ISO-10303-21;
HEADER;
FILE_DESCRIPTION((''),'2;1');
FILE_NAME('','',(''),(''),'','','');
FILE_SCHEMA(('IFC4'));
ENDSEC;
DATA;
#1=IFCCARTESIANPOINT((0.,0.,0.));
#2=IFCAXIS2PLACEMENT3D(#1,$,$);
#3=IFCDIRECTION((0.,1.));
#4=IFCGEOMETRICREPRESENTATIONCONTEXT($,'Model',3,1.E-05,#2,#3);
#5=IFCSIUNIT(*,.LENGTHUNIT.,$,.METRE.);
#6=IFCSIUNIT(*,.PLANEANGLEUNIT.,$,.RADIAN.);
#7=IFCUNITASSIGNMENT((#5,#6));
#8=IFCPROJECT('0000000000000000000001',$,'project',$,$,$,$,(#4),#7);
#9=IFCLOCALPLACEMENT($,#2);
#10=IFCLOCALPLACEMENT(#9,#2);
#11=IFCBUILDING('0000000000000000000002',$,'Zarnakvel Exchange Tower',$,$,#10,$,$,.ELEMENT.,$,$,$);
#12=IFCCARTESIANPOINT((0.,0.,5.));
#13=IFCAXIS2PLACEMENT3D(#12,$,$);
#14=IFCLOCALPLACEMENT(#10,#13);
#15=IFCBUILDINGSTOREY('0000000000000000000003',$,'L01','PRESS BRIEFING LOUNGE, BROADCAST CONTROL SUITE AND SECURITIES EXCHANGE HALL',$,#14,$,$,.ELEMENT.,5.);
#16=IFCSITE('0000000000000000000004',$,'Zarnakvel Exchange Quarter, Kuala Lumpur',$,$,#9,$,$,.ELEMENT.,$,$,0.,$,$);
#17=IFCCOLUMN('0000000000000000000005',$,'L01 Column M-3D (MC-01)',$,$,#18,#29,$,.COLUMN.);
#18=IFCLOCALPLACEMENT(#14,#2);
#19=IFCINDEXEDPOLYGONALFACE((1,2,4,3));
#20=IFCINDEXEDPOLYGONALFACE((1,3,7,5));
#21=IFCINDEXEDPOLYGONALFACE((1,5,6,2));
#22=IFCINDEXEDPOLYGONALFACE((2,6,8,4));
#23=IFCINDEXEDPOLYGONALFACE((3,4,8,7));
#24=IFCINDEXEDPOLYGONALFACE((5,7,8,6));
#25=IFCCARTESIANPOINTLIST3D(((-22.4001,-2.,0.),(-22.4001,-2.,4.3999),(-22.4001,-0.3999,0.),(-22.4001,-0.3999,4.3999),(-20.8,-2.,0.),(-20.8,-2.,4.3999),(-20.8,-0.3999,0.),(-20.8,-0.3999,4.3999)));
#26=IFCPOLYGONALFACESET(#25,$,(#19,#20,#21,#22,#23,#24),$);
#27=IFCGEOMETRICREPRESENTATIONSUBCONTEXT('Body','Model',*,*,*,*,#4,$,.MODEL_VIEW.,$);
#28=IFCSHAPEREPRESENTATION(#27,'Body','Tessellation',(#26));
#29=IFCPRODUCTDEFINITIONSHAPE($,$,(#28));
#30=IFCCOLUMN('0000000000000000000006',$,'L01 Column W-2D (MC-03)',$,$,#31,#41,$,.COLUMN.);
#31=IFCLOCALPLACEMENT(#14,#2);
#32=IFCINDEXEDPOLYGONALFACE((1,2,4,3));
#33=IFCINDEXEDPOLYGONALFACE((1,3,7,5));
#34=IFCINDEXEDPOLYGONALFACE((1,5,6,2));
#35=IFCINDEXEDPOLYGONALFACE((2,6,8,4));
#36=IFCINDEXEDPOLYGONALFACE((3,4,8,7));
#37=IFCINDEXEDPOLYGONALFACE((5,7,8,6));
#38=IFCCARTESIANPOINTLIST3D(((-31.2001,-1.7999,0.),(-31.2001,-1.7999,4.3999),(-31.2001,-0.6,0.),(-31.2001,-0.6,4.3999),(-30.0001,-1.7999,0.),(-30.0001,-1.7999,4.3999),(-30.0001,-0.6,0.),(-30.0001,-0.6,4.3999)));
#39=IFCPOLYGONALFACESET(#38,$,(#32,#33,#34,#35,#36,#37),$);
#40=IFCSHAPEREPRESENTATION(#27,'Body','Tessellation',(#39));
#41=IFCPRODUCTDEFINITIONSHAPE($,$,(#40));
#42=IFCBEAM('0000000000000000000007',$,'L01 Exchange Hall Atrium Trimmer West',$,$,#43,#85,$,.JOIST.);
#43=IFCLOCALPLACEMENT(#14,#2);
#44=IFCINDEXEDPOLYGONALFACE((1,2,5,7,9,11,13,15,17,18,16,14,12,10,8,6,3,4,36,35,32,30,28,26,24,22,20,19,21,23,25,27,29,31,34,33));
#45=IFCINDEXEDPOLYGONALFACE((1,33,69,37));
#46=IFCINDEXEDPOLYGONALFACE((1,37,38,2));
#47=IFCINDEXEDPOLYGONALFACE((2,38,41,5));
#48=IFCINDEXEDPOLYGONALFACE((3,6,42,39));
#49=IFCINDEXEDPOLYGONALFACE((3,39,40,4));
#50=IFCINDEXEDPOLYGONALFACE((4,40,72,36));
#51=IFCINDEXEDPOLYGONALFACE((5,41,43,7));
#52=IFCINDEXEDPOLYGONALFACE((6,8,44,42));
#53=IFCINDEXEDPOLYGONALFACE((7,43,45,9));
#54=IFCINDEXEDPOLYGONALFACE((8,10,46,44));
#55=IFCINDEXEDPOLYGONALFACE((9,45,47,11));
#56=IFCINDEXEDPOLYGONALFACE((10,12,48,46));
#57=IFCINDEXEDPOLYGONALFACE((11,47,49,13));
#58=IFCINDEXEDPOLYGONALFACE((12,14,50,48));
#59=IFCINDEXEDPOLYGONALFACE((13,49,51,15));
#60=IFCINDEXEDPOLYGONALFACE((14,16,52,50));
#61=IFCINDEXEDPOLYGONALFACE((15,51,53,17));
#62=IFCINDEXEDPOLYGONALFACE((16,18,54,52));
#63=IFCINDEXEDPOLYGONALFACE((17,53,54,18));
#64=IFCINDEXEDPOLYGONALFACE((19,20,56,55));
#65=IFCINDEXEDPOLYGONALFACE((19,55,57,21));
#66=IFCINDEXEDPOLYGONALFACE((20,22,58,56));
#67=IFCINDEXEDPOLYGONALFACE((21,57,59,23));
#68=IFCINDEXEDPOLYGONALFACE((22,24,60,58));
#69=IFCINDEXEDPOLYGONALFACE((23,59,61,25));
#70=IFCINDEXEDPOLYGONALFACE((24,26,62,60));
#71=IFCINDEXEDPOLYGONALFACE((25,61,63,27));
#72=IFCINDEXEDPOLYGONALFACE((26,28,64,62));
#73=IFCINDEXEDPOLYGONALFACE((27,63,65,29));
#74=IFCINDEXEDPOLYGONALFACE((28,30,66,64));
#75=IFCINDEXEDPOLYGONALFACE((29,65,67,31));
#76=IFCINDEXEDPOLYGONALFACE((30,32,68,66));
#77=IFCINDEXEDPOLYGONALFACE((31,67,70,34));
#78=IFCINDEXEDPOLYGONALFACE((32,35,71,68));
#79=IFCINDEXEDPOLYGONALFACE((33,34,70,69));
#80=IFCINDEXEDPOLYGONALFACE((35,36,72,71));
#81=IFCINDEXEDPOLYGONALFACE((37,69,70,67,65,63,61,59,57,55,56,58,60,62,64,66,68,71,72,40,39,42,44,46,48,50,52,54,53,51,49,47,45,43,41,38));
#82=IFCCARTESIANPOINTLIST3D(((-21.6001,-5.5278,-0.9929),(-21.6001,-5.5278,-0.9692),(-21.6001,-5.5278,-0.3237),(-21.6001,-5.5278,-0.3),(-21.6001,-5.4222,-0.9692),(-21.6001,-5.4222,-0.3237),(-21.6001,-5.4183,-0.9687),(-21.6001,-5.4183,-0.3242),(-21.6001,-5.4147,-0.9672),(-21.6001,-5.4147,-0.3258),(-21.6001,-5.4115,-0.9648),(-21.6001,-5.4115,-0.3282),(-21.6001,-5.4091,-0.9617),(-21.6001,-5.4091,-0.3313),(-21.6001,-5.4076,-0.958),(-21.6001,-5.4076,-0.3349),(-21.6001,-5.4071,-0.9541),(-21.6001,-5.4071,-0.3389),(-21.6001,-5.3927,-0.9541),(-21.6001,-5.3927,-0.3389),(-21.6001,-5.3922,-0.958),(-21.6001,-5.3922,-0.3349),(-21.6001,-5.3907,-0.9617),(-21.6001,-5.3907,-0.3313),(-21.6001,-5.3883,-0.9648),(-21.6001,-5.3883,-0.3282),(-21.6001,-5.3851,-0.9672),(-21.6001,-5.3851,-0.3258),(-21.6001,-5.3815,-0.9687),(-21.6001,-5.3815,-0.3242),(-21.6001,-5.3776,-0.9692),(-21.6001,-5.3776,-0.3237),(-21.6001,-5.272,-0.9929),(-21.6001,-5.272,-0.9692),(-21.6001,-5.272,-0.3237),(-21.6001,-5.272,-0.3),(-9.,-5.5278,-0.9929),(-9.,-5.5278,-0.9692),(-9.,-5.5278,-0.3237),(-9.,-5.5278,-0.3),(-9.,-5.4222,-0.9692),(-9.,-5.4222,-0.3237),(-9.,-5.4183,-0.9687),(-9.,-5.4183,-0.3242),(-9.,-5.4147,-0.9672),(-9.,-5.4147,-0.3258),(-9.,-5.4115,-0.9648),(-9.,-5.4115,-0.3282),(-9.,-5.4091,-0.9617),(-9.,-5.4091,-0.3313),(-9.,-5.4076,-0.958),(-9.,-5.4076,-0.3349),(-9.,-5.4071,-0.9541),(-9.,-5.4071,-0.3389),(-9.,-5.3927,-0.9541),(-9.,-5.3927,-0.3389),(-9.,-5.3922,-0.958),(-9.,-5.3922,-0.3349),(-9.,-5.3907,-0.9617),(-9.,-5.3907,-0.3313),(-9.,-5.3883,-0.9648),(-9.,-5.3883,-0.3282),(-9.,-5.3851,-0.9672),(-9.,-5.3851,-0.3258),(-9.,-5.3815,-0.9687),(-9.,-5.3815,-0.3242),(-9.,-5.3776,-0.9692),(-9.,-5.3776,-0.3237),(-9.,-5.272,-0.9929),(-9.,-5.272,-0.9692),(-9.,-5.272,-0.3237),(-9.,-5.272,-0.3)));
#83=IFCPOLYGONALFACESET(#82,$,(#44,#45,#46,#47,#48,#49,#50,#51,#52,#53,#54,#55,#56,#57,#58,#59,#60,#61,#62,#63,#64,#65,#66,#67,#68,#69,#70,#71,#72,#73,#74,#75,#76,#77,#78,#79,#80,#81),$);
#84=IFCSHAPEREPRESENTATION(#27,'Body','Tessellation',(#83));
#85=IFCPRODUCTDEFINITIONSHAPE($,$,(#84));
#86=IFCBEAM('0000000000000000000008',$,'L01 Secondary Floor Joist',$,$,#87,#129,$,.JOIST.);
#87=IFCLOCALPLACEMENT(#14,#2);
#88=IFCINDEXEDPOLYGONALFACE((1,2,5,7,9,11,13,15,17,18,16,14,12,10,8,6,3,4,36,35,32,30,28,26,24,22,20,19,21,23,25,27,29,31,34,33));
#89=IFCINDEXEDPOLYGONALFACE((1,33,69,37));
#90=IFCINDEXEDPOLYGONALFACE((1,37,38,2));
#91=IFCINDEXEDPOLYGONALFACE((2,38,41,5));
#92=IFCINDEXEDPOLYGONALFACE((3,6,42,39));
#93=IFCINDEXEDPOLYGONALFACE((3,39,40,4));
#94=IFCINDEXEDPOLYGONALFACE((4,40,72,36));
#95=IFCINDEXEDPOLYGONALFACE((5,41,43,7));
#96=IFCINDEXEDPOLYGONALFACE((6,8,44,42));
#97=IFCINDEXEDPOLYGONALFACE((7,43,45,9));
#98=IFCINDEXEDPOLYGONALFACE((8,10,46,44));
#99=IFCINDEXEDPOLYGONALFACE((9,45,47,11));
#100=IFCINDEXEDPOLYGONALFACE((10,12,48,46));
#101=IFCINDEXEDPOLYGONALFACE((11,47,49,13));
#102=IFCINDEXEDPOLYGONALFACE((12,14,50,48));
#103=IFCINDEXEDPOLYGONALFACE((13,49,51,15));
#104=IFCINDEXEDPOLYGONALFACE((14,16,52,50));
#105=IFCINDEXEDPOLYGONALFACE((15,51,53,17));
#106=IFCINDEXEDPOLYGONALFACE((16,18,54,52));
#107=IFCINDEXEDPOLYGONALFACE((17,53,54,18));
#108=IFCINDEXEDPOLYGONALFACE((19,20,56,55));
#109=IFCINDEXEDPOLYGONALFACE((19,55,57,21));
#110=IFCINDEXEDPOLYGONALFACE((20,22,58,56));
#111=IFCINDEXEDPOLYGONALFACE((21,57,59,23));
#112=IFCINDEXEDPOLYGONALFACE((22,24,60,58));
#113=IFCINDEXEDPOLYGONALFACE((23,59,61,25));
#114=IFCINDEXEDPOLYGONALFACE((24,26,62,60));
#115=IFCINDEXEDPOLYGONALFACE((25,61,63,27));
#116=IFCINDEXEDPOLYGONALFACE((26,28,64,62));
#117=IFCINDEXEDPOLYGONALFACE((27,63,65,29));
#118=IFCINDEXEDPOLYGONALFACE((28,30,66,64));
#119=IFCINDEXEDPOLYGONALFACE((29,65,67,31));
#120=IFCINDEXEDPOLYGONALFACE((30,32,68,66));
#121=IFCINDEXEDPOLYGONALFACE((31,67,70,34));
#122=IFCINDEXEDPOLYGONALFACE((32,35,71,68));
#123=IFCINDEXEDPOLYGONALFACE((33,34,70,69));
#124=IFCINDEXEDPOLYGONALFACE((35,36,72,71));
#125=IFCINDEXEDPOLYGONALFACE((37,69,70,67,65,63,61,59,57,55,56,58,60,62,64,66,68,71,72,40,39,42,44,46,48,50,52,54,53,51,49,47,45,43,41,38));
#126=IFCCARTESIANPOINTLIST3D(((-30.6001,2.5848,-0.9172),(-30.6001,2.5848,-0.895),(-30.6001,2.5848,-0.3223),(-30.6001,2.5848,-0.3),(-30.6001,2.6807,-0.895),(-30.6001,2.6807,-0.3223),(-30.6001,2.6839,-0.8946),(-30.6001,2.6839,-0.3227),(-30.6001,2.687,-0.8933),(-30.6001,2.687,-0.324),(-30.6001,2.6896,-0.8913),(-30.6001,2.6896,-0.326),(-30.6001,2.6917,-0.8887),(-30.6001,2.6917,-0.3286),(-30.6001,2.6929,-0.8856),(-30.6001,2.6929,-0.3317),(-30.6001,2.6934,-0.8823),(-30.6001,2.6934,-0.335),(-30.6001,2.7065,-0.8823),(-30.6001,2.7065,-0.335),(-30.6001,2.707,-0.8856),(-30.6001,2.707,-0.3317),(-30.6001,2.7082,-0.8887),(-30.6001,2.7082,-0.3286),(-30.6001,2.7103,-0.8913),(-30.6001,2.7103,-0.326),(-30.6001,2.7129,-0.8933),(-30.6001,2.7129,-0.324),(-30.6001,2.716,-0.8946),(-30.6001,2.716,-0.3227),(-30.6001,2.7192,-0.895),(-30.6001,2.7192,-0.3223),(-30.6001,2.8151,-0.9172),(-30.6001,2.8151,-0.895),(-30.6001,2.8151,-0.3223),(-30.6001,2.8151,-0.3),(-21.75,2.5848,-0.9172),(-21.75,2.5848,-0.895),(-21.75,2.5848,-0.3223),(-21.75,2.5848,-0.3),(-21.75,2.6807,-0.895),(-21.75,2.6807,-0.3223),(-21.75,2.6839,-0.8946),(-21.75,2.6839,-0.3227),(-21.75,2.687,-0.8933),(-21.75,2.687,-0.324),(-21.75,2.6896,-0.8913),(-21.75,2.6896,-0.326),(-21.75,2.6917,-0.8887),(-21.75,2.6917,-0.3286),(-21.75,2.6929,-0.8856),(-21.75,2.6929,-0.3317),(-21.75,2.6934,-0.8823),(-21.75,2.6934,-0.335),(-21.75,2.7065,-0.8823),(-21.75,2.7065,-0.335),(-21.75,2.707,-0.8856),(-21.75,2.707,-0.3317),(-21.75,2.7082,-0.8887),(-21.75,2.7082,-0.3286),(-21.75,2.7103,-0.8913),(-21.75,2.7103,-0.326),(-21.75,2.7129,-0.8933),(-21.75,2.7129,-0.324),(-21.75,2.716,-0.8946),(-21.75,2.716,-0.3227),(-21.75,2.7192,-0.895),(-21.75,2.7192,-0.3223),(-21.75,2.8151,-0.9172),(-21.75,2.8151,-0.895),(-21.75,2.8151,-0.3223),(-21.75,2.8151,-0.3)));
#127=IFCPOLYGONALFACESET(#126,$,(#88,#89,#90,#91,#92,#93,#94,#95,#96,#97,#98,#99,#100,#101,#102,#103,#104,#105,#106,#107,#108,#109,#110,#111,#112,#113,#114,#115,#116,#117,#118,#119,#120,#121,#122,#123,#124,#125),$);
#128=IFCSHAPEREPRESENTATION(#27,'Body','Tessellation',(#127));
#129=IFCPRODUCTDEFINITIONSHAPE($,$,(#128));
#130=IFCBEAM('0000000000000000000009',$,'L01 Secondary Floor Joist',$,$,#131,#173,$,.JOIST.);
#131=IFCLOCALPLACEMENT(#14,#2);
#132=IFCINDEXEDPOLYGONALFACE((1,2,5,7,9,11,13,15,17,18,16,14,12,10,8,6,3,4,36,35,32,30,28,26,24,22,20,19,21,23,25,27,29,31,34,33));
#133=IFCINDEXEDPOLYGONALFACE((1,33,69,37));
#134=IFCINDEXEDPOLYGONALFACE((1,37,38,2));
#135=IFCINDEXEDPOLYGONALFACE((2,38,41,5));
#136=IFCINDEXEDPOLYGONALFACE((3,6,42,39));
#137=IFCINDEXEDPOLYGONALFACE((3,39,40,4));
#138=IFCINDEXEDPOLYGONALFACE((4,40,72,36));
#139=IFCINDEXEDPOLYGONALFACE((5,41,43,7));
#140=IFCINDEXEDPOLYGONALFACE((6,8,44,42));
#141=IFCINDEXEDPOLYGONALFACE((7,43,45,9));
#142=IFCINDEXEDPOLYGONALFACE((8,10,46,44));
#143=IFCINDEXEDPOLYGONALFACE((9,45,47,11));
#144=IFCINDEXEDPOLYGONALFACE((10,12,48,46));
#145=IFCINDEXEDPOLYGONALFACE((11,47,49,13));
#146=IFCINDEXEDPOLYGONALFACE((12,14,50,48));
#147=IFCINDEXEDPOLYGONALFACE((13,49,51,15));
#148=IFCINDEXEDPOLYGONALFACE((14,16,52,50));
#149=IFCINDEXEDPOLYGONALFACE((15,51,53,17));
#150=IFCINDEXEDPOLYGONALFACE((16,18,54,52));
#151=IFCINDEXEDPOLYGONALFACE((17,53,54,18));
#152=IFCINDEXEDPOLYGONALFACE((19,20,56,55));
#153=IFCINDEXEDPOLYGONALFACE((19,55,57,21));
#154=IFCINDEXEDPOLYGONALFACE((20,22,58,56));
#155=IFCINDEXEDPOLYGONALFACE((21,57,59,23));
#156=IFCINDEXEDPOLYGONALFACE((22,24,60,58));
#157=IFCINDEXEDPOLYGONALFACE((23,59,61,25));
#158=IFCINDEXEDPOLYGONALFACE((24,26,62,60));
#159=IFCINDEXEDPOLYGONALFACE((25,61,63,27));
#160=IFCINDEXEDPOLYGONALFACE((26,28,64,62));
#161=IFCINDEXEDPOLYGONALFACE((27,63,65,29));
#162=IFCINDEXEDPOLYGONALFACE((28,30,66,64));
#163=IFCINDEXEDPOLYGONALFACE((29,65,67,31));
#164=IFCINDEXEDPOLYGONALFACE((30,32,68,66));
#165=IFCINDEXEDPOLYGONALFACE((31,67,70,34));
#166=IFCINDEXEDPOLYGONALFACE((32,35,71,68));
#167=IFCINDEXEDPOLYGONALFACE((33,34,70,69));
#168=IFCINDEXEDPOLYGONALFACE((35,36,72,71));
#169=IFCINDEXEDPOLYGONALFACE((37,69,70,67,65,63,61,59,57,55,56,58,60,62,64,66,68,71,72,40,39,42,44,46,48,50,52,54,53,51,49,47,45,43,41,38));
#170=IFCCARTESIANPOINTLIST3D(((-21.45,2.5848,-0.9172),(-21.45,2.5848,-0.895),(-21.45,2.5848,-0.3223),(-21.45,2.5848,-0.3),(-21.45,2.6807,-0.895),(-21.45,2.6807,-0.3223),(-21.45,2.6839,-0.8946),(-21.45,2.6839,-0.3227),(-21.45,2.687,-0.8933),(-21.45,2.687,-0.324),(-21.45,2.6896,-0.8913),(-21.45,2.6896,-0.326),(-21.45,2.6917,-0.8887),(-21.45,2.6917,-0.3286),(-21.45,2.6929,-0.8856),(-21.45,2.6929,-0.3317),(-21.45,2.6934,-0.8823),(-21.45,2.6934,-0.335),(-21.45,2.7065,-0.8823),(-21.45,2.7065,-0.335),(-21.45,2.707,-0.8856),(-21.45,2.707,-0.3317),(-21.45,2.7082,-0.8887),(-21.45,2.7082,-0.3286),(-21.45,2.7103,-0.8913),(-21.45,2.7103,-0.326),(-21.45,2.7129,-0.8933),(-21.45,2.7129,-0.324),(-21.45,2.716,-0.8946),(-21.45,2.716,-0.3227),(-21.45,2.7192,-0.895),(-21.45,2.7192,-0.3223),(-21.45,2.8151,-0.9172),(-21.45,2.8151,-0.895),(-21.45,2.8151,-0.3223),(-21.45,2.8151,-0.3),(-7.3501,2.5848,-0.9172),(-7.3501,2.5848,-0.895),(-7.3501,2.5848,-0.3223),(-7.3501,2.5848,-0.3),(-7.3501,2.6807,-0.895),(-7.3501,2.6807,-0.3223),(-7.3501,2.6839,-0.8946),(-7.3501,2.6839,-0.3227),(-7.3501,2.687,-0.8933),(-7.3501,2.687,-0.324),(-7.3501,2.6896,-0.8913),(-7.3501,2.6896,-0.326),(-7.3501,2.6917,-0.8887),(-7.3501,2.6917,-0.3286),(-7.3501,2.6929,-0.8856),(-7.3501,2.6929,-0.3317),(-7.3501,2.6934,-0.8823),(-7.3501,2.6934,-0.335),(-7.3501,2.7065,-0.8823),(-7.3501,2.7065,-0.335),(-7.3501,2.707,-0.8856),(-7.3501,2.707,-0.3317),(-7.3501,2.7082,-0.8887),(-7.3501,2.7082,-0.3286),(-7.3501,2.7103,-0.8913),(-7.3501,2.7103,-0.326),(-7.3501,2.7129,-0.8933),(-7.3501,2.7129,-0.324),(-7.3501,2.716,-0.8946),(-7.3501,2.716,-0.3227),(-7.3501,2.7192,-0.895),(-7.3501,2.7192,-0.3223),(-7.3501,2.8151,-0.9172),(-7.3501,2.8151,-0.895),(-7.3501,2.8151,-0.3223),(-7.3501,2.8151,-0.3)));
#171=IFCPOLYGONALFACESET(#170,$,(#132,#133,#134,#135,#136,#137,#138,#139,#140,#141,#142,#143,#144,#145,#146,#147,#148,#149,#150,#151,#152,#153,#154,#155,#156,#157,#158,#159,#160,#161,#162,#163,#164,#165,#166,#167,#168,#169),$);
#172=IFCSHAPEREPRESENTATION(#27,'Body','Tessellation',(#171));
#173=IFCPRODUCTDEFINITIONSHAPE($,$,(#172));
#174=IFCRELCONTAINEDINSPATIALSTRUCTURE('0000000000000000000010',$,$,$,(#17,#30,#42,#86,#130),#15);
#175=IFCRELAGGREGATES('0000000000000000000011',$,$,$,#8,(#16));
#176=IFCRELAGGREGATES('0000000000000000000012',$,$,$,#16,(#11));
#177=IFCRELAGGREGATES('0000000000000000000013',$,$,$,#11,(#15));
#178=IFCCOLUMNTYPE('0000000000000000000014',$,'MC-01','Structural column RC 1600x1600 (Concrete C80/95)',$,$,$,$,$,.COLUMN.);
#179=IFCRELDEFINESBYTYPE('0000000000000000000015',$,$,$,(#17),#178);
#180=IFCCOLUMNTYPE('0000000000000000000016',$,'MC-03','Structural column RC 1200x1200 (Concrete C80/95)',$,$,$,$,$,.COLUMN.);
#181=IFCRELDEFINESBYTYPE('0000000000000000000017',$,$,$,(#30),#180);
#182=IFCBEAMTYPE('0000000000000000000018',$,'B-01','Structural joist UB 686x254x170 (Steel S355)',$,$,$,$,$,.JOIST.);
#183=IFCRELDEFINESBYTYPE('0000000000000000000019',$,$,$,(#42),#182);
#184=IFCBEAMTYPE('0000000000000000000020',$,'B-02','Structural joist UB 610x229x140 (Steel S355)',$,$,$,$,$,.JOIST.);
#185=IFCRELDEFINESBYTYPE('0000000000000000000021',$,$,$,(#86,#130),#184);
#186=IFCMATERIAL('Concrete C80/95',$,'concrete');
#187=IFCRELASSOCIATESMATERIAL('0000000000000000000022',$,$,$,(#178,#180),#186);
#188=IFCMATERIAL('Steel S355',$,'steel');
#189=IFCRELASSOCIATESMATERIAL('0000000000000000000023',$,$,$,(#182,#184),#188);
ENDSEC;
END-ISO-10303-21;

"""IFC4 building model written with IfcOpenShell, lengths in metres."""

from ifc_helpers import new_model, si_unit, direction, frame, origin, origin_2d, place, context, subcontext, project, spatial, rectangle, i_section, extrude, material, material_profile, profile_set, type_object, element, save


model = new_model("IFC4")

# Units and contexts
model_context = context("Model", 3, precision=1e-05, world=origin(), true_north=direction((0.0, 1.0)))
body_context = subcontext(model_context, "Body", "Model", "MODEL_VIEW")
ifc_project = project(units=[si_unit("LENGTHUNIT", "METRE"), si_unit("PLANEANGLEUNIT", "RADIAN")], contexts=[model_context])

# Site, building, storey
site_placement = place(None, origin())
site = spatial("IfcSite", under=ifc_project, at=site_placement, Name="Zarnakvel Exchange Quarter, Kuala Lumpur", CompositionType="ELEMENT", RefElevation=0.0)
building_placement = place(site_placement, origin())
building = spatial("IfcBuilding", under=site, at=building_placement, Name="Zarnakvel Exchange Tower", CompositionType="ELEMENT")
storey_placement = place(building_placement, frame((0.0, 0.0, 5.0)))
storey = spatial("IfcBuildingStorey", under=building, at=storey_placement, Name="L01", Description="PRESS BRIEFING LOUNGE, BROADCAST CONTROL SUITE AND SECURITIES EXCHANGE HALL", CompositionType="ELEMENT", Elevation=5.0)

# Columns
ifc_material_1 = material(Name="Concrete C80/95", Category="concrete")
ifc_material_profile_1 = material_profile(ifc_material_1, rectangle(XDim=1.6001, YDim=1.6001, at=origin_2d()))
ifc_profile_set_1 = profile_set([ifc_material_profile_1], Name="Concrete C80/95")
column_type_1 = type_object("IfcColumnType", Name="MC-01", Description="Structural column RC 1600x1600 (Concrete C80/95)", PredefinedType="COLUMN", material=ifc_profile_set_1)
column_1_placement = place(storey_placement, frame((-21.6001, -1.2, 0.0), z_axis=(0.0, 0.0, 1.0), x_axis=(1.0, 0.0, 0.0)))
element("IfcColumn", 1, at=column_1_placement, inside=storey, type_object=column_type_1, Name="L01 Column M-3D (MC-01)", PredefinedType="COLUMN", context=body_context, shape_type="SweptSolid", body=[
    extrude(rectangle(XDim=1.6001, YDim=1.6001, at=origin_2d()), origin(), (0.0, 0.0, 1.0), 4.3999),
])
ifc_material_profile_2 = material_profile(ifc_material_1, rectangle(XDim=1.2, YDim=1.2, at=origin_2d()))
ifc_profile_set_2 = profile_set([ifc_material_profile_2], Name="Concrete C80/95")
column_type_2 = type_object("IfcColumnType", Name="MC-03", Description="Structural column RC 1200x1200 (Concrete C80/95)", PredefinedType="COLUMN", material=ifc_profile_set_2)
column_2_placement = place(storey_placement, frame((-30.6001, -1.2, 0.0), z_axis=(0.0, 0.0, 1.0), x_axis=(1.0, 0.0, 0.0)))
element("IfcColumn", 2, at=column_2_placement, inside=storey, type_object=column_type_2, Name="L01 Column W-2D (MC-03)", PredefinedType="COLUMN", context=body_context, shape_type="SweptSolid", body=[
    extrude(rectangle(XDim=1.2, YDim=1.2, at=origin_2d()), origin(), (0.0, 0.0, 1.0), 4.3999),
])

# Beams
ifc_material_2 = material(Name="Steel S355", Category="steel")
ifc_material_profile_3 = material_profile(ifc_material_2, i_section(OverallWidth=0.2559, OverallDepth=0.6929, WebThickness=0.0144, FlangeThickness=0.0237, FilletRadius=0.0151, at=origin_2d()))
ifc_profile_set_3 = profile_set([ifc_material_profile_3], Name="Steel S355")
beam_type_1 = type_object("IfcBeamType", Name="B-01", Description="Structural joist UB 686x254x170 (Steel S355)", PredefinedType="JOIST", material=ifc_profile_set_3)
beam_1_placement = place(storey_placement, frame((-21.6001, -5.3999, -0.6465), z_axis=(1.0, 0.0, 0.0), x_axis=(0.0, 1.0, 0.0)))
element("IfcBeam", 3, at=beam_1_placement, inside=storey, type_object=beam_type_1, Name="L01 Exchange Hall Atrium Trimmer West", PredefinedType="JOIST", context=body_context, shape_type="SweptSolid", body=[
    extrude(i_section(OverallWidth=0.2559, OverallDepth=0.6929, WebThickness=0.0144, FlangeThickness=0.0237, FilletRadius=0.0151, at=origin_2d()), origin(), (0.0, 0.0, 1.0), 12.6001),
])
ifc_material_profile_4 = material_profile(ifc_material_2, i_section(OverallWidth=0.2302, OverallDepth=0.6172, WebThickness=0.0132, FlangeThickness=0.0222, FilletRadius=0.0127, at=origin_2d()))
ifc_profile_set_4 = profile_set([ifc_material_profile_4], Name="Steel S355")
beam_type_2 = type_object("IfcBeamType", Name="B-02", Description="Structural joist UB 610x229x140 (Steel S355)", PredefinedType="JOIST", material=ifc_profile_set_4)
beam_2_placement = place(storey_placement, frame((-30.6001, 2.7, -0.6086), z_axis=(1.0, 0.0, 0.0), x_axis=(0.0, 1.0, 0.0)))
element("IfcBeam", 4, at=beam_2_placement, inside=storey, type_object=beam_type_2, Name="L01 Secondary Floor Joist", PredefinedType="JOIST", context=body_context, shape_type="SweptSolid", body=[
    extrude(i_section(OverallWidth=0.2302, OverallDepth=0.6172, WebThickness=0.0132, FlangeThickness=0.0222, FilletRadius=0.0127, at=origin_2d()), origin(), (0.0, 0.0, 1.0), 8.8501),
])
beam_3_placement = place(storey_placement, frame((-21.45, 2.7, -0.6086), z_axis=(1.0, 0.0, 0.0), x_axis=(0.0, 1.0, 0.0)))
element("IfcBeam", 5, at=beam_3_placement, inside=storey, type_object=beam_type_2, Name="L01 Secondary Floor Joist", PredefinedType="JOIST", context=body_context, shape_type="SweptSolid", body=[
    extrude(i_section(OverallWidth=0.2302, OverallDepth=0.6172, WebThickness=0.0132, FlangeThickness=0.0222, FilletRadius=0.0127, at=origin_2d()), origin(), (0.0, 0.0, 1.0), 14.0999),
])

save(model, "model.ifc")
